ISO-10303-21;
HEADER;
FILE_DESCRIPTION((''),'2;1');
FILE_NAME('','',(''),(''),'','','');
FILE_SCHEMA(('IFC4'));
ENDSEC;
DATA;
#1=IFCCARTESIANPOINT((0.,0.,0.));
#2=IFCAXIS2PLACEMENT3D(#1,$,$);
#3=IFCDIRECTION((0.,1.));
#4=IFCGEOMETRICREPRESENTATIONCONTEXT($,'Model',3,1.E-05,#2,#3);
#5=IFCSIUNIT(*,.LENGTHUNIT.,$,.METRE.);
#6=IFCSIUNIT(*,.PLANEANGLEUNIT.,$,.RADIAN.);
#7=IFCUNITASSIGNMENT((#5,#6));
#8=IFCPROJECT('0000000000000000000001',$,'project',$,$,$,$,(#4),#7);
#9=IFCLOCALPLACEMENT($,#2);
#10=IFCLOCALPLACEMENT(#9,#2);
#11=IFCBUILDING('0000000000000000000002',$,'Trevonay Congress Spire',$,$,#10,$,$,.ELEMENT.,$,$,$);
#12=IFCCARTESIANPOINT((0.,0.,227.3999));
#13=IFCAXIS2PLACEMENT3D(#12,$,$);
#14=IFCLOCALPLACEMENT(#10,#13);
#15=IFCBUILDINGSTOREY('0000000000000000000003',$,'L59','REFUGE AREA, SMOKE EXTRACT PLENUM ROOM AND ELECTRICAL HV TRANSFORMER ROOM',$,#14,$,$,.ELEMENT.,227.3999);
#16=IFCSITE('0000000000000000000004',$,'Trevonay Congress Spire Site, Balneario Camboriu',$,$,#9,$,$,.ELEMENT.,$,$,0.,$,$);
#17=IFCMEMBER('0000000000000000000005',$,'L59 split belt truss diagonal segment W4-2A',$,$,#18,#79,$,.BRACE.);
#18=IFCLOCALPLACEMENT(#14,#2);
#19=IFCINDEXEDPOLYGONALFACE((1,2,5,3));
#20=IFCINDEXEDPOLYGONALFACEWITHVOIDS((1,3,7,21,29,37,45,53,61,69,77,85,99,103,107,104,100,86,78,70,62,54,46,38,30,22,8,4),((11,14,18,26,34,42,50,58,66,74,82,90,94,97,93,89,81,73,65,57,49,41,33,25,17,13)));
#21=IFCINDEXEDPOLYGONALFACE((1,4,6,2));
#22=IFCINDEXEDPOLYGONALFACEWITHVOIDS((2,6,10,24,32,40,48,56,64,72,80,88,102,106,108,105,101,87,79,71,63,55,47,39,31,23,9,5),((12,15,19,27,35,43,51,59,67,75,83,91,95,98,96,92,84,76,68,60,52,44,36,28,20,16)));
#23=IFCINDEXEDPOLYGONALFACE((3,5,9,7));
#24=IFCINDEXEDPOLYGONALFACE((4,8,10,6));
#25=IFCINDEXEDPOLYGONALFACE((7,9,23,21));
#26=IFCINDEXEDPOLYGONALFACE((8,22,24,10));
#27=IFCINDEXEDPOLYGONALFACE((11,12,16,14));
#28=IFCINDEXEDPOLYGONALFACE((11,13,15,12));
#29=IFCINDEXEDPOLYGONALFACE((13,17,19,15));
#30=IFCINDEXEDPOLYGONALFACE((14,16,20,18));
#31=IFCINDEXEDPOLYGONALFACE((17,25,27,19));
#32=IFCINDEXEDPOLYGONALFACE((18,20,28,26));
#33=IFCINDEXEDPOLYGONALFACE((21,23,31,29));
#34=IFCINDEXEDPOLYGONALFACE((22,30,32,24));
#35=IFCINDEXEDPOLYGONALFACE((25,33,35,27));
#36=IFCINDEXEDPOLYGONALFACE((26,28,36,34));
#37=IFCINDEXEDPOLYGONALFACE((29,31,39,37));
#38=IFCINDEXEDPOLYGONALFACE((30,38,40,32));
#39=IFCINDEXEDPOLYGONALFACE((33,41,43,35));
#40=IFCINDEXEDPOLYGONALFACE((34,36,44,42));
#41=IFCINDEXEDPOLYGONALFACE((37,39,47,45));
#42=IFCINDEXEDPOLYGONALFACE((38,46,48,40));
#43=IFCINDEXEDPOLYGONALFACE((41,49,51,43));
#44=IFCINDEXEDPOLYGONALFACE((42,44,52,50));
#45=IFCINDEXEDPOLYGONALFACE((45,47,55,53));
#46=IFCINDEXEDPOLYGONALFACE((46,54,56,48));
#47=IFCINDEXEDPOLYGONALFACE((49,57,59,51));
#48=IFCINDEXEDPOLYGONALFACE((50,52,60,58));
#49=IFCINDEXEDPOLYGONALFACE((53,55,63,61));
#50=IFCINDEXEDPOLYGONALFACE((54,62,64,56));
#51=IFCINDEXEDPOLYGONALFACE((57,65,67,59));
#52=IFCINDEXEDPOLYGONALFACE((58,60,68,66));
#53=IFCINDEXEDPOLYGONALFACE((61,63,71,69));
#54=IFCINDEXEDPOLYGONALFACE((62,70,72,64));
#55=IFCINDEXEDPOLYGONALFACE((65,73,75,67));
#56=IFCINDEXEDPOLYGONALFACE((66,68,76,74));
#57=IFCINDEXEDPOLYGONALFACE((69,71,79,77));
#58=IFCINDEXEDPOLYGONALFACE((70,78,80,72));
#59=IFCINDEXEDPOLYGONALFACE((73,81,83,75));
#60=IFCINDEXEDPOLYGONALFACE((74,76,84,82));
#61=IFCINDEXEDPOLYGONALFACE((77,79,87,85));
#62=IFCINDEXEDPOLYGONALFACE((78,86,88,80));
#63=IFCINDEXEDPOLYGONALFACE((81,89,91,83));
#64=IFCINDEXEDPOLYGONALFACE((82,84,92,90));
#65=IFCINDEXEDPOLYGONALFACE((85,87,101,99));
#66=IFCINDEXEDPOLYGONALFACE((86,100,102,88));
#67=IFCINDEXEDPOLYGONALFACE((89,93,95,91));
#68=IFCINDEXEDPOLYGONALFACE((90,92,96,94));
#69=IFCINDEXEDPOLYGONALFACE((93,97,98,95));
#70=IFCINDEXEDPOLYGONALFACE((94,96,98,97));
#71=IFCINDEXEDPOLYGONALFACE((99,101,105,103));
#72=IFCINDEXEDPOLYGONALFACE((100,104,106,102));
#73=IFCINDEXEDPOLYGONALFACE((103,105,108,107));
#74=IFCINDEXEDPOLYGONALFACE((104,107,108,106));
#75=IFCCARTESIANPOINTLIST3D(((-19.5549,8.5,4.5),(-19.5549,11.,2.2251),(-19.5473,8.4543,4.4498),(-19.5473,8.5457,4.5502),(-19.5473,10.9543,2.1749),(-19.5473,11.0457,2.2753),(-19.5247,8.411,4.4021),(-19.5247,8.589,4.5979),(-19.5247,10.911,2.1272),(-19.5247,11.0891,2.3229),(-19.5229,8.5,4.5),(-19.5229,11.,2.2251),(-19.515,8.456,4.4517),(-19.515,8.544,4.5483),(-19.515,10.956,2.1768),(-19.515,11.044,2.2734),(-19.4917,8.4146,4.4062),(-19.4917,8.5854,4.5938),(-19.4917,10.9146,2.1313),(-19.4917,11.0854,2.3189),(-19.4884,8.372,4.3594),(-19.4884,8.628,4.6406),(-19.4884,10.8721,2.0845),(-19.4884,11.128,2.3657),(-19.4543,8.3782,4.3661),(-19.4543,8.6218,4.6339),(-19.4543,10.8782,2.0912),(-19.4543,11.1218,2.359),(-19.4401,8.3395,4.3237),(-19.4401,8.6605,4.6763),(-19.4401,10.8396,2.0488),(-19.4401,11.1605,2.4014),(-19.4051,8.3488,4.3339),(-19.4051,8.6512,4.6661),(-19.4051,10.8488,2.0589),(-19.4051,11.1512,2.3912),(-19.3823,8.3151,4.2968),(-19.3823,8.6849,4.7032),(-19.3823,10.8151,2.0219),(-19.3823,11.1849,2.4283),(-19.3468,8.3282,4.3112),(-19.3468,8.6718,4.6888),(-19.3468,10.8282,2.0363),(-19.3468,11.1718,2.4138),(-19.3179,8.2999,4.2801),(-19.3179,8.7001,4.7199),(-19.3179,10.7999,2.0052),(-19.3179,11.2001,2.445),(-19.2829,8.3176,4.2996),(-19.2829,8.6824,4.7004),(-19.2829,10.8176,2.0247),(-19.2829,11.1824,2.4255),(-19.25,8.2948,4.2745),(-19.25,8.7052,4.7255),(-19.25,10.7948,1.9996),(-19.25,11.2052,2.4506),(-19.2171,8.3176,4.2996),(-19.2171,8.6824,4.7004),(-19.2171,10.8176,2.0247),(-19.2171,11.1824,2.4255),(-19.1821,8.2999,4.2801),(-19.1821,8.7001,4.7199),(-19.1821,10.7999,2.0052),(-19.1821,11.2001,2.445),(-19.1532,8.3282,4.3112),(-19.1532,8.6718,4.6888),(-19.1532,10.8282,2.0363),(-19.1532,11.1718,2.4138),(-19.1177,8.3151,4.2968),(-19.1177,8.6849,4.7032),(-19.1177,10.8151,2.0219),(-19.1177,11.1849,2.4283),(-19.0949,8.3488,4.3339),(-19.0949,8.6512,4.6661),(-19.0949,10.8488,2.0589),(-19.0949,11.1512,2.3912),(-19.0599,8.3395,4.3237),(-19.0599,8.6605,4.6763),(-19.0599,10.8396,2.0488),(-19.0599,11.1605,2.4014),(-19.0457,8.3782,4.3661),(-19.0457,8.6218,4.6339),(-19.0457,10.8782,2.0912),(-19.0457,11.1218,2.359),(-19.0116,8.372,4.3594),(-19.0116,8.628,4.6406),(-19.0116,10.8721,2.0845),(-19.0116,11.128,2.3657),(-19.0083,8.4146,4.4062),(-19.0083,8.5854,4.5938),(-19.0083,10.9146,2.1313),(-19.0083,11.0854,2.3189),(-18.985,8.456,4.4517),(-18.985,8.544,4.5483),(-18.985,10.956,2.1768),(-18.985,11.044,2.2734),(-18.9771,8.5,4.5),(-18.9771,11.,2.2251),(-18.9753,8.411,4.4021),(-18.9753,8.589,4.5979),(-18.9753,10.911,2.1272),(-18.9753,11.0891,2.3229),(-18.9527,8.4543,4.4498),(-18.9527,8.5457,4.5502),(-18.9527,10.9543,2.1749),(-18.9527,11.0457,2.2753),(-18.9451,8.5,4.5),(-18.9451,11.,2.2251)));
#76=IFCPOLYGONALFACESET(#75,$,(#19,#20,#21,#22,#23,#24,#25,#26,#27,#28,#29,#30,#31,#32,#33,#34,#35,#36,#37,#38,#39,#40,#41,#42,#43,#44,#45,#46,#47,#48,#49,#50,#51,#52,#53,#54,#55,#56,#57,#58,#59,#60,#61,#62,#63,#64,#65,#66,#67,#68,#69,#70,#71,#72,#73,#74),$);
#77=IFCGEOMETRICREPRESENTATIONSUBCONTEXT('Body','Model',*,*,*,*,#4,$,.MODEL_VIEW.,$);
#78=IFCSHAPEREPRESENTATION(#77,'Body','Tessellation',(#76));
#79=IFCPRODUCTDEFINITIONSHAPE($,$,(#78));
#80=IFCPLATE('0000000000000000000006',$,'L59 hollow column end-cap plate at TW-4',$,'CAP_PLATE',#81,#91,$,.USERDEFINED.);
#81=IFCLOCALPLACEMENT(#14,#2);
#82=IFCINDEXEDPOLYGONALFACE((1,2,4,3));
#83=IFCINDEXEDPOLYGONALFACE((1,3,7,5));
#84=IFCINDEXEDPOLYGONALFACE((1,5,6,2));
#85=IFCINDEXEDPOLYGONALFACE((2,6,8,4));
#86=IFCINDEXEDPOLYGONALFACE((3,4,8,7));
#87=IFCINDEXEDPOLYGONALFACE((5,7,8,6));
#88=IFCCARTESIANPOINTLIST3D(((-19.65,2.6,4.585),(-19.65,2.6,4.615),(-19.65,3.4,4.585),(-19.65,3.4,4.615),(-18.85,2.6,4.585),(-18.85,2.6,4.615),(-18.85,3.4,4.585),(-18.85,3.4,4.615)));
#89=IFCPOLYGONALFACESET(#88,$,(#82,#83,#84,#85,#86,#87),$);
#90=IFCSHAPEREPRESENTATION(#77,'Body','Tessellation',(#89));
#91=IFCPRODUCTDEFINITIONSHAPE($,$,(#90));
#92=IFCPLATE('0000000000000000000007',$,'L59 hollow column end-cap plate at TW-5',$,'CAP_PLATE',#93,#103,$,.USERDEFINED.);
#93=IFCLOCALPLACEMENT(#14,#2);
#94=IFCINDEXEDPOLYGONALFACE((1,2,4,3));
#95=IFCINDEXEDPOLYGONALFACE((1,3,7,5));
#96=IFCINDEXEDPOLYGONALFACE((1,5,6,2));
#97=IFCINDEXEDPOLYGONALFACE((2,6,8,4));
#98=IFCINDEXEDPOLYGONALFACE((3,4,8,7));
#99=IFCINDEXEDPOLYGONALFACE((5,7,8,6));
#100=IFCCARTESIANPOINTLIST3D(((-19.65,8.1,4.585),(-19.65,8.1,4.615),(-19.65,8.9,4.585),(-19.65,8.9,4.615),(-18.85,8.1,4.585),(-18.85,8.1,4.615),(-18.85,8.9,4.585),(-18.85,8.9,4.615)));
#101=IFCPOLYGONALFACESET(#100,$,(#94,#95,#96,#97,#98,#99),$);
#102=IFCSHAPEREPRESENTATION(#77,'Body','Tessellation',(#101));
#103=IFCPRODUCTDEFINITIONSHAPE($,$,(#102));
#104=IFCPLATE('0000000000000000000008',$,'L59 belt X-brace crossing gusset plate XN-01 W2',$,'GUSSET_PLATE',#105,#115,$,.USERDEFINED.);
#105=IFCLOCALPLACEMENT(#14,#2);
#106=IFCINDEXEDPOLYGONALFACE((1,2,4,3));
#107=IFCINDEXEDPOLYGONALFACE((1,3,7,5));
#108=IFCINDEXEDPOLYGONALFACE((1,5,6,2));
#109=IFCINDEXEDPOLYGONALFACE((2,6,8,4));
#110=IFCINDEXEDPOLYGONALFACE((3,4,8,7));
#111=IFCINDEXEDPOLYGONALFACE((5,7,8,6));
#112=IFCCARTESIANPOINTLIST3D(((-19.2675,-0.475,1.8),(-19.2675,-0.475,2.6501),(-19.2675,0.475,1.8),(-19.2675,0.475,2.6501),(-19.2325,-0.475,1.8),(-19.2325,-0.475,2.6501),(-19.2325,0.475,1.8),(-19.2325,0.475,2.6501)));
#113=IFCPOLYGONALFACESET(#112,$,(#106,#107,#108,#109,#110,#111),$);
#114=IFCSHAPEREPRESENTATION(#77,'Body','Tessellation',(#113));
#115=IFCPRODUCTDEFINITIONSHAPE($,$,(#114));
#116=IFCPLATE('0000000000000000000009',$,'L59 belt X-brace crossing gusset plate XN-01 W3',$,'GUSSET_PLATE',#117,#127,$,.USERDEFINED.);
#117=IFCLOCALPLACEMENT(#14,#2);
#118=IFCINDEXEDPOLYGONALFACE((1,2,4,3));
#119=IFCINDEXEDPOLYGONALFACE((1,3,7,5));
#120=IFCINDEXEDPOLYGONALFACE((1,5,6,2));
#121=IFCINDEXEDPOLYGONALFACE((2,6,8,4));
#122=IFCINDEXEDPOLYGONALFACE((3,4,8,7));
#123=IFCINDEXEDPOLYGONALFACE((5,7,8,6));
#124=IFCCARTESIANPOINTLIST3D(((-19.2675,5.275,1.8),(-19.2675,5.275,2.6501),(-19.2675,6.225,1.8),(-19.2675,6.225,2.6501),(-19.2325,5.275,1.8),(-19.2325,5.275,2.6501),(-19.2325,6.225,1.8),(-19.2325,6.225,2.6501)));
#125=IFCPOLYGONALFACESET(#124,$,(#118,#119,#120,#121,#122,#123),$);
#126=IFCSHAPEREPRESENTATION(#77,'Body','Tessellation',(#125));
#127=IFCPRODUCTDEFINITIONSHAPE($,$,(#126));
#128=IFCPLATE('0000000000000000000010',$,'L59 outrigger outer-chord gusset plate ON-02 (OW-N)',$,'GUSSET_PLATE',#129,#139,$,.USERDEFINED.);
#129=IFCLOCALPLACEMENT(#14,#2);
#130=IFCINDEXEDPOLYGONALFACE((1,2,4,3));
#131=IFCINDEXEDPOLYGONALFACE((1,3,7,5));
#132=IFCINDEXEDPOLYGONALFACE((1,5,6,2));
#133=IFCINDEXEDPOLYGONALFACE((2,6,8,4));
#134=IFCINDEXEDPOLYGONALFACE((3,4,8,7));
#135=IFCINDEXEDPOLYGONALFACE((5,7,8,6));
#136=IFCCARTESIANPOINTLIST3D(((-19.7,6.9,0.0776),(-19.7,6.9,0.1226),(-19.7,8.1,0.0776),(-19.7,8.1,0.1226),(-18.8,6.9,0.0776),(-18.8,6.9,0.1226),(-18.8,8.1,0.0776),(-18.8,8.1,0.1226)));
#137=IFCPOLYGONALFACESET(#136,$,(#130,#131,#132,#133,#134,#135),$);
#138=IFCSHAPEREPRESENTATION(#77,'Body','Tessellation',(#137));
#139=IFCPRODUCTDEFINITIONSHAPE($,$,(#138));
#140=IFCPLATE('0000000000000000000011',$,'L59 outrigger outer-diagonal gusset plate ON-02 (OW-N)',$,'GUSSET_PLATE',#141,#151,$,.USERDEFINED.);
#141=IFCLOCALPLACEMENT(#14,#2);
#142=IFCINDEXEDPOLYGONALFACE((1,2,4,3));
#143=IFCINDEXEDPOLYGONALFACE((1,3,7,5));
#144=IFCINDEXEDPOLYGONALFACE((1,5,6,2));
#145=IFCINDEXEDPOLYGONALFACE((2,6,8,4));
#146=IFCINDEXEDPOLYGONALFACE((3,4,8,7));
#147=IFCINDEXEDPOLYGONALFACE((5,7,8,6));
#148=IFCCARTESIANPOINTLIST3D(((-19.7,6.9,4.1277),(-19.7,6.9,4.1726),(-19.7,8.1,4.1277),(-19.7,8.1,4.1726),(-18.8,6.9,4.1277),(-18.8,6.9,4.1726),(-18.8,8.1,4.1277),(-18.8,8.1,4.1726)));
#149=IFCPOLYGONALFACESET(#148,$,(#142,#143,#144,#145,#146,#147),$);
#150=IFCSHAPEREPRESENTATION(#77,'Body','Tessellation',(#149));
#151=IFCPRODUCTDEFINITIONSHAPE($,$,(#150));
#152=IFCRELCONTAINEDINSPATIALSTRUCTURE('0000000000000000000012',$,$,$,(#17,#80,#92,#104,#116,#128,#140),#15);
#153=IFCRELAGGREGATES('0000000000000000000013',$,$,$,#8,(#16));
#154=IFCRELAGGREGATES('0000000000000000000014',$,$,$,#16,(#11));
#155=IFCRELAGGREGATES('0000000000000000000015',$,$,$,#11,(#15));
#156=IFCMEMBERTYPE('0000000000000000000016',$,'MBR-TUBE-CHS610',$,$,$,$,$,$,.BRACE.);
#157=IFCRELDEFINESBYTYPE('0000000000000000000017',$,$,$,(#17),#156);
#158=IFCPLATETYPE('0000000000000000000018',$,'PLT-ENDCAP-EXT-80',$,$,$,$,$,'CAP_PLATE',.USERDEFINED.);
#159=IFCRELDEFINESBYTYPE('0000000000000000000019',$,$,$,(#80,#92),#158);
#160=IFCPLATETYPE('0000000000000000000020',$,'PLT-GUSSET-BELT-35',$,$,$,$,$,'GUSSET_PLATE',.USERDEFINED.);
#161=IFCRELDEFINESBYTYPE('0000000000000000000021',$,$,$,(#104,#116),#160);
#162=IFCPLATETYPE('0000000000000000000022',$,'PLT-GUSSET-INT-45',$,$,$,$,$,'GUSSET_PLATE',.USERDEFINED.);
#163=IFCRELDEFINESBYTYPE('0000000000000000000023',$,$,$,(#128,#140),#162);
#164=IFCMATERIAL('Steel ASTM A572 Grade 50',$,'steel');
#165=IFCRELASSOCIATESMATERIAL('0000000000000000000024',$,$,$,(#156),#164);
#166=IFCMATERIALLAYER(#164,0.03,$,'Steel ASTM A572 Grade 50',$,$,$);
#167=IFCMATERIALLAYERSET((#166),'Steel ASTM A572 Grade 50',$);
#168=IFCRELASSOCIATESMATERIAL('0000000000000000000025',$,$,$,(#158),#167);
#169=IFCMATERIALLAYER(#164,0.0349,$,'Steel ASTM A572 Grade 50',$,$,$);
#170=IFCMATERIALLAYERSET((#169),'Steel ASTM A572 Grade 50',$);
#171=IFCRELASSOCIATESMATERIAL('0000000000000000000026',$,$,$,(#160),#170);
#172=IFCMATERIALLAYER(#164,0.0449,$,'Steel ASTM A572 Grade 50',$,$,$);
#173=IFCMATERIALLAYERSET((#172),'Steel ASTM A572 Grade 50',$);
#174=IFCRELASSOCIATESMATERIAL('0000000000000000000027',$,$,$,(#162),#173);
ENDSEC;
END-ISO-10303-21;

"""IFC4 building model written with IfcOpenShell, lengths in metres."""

from ifc_helpers import new_model, si_unit, direction, frame, origin, origin_2d, place, context, subcontext, project, spatial, rectangle, hollow_circle, extrude, material, layer, layer_set, material_profile, profile_set, type_object, element, save


model = new_model("IFC4")

# Units and contexts
model_context = context("Model", 3, precision=1e-05, world=origin(), true_north=direction((0.0, 1.0)))
body_context = subcontext(model_context, "Body", "Model", "MODEL_VIEW")
ifc_project = project(units=[si_unit("LENGTHUNIT", "METRE"), si_unit("PLANEANGLEUNIT", "RADIAN")], contexts=[model_context])

# Site, building, storey
site_placement = place(None, origin())
site = spatial("IfcSite", under=ifc_project, at=site_placement, Name="Trevonay Congress Spire Site, Balneario Camboriu", CompositionType="ELEMENT", RefElevation=0.0)
building_placement = place(site_placement, origin())
building = spatial("IfcBuilding", under=site, at=building_placement, Name="Trevonay Congress Spire", CompositionType="ELEMENT")
storey_placement = place(building_placement, frame((0.0, 0.0, 227.3999)))
storey = spatial("IfcBuildingStorey", under=building, at=storey_placement, Name="L59", Description="REFUGE AREA, SMOKE EXTRACT PLENUM ROOM AND ELECTRICAL HV TRANSFORMER ROOM", CompositionType="ELEMENT", Elevation=227.3999)

# Shared definitions
ifc_material_1 = material(Name="Steel ASTM A572 Grade 50", Category="steel")

# Member
ifc_material_profile_1 = material_profile(ifc_material_1, hollow_circle(Radius=0.3049, WallThickness=0.032, at=origin_2d()), Name="CHS 610x32")
ifc_profile_set_1 = profile_set([ifc_material_profile_1], Name="Steel ASTM A572 Grade 50")
member_type = type_object("IfcMemberType", Name="MBR-TUBE-CHS610", PredefinedType="BRACE", material=ifc_profile_set_1)
member_1_placement = place(storey_placement, frame((-19.25, 8.5, 4.5), z_axis=(0.0, 0.73962, -0.673025), x_axis=(-1.0, 0.0, 0.0)))
element("IfcMember", 1, at=member_1_placement, inside=storey, type_object=member_type, Name="L59 split belt truss diagonal segment W4-2A", PredefinedType="BRACE", context=body_context, shape_type="SweptSolid", body=[
    extrude(hollow_circle(Radius=0.3049, WallThickness=0.032, at=origin_2d()), origin(), (0.0, 0.0, 1.0), 3.3801),
])

# Plates
ifc_layer_1 = layer(ifc_material_1, 0.03, Name="Steel ASTM A572 Grade 50")
ifc_layer_set_1 = layer_set([ifc_layer_1], Name="Steel ASTM A572 Grade 50")
plate_type_1 = type_object("IfcPlateType", Name="PLT-ENDCAP-EXT-80", ElementType="CAP_PLATE", PredefinedType="USERDEFINED", material=ifc_layer_set_1)
for number, where, z_axis, x_axis, name in (
    (2, (-19.25, 3.0, 4.585), (0.0, 0.0, 1.0), (1.0, 0.0, 0.0), "L59 hollow column end-cap plate at TW-4"),
    (3, (-19.25, 8.5, 4.585), (0.0, 0.0, 1.0), (1.0, 0.0, 0.0), "L59 hollow column end-cap plate at TW-5"),
):
    element("IfcPlate", number, at=place(storey_placement, frame(where, z_axis=z_axis, x_axis=x_axis)), inside=storey, type_object=plate_type_1, Name=name, ObjectType="CAP_PLATE", PredefinedType="USERDEFINED", context=body_context, shape_type="SweptSolid", body=[
        extrude(rectangle(XDim=0.8, YDim=0.8, at=origin_2d()), origin(), (0.0, 0.0, 1.0), 0.03),
    ])
ifc_layer_2 = layer(ifc_material_1, 0.0349, Name="Steel ASTM A572 Grade 50")
ifc_layer_set_2 = layer_set([ifc_layer_2], Name="Steel ASTM A572 Grade 50")
plate_type_2 = type_object("IfcPlateType", Name="PLT-GUSSET-BELT-35", ElementType="GUSSET_PLATE", PredefinedType="USERDEFINED", material=ifc_layer_set_2)
for number, where, z_axis, x_axis, name in (
    (4, (-19.25, 0.0, 1.8), (0.0, 0.0, 1.0), (1.0, 0.0, 0.0), "L59 belt X-brace crossing gusset plate XN-01 W2"),
    (5, (-19.25, 5.75, 1.8), (0.0, 0.0, 1.0), (1.0, 0.0, 0.0), "L59 belt X-brace crossing gusset plate XN-01 W3"),
):
    element("IfcPlate", number, at=place(storey_placement, frame(where, z_axis=z_axis, x_axis=x_axis)), inside=storey, type_object=plate_type_2, Name=name, ObjectType="GUSSET_PLATE", PredefinedType="USERDEFINED", context=body_context, shape_type="SweptSolid", body=[
        extrude(rectangle(XDim=0.0349, YDim=0.95, at=origin_2d()), origin(), (0.0, 0.0, 1.0), 0.8501),
    ])
ifc_layer_3 = layer(ifc_material_1, 0.0449, Name="Steel ASTM A572 Grade 50")
ifc_layer_set_3 = layer_set([ifc_layer_3], Name="Steel ASTM A572 Grade 50")
plate_type_3 = type_object("IfcPlateType", Name="PLT-GUSSET-INT-45", ElementType="GUSSET_PLATE", PredefinedType="USERDEFINED", material=ifc_layer_set_3)
for number, where, z_axis, x_axis, name in (
    (6, (-19.25, 7.5, 0.0776), (0.0, 0.0, 1.0), (0.0, 1.0, 0.0), "L59 outrigger outer-chord gusset plate ON-02 (OW-N)"),
    (7, (-19.25, 7.5, 4.1277), (0.0, 0.0, 1.0), (0.0, 1.0, 0.0), "L59 outrigger outer-diagonal gusset plate ON-02 (OW-N)"),
):
    element("IfcPlate", number, at=place(storey_placement, frame(where, z_axis=z_axis, x_axis=x_axis)), inside=storey, type_object=plate_type_3, Name=name, ObjectType="GUSSET_PLATE", PredefinedType="USERDEFINED", context=body_context, shape_type="SweptSolid", body=[
        extrude(rectangle(XDim=1.2, YDim=0.8999, at=origin_2d()), origin(), (0.0, 0.0, 1.0), 0.0449),
    ])

save(model, "model.ifc")
